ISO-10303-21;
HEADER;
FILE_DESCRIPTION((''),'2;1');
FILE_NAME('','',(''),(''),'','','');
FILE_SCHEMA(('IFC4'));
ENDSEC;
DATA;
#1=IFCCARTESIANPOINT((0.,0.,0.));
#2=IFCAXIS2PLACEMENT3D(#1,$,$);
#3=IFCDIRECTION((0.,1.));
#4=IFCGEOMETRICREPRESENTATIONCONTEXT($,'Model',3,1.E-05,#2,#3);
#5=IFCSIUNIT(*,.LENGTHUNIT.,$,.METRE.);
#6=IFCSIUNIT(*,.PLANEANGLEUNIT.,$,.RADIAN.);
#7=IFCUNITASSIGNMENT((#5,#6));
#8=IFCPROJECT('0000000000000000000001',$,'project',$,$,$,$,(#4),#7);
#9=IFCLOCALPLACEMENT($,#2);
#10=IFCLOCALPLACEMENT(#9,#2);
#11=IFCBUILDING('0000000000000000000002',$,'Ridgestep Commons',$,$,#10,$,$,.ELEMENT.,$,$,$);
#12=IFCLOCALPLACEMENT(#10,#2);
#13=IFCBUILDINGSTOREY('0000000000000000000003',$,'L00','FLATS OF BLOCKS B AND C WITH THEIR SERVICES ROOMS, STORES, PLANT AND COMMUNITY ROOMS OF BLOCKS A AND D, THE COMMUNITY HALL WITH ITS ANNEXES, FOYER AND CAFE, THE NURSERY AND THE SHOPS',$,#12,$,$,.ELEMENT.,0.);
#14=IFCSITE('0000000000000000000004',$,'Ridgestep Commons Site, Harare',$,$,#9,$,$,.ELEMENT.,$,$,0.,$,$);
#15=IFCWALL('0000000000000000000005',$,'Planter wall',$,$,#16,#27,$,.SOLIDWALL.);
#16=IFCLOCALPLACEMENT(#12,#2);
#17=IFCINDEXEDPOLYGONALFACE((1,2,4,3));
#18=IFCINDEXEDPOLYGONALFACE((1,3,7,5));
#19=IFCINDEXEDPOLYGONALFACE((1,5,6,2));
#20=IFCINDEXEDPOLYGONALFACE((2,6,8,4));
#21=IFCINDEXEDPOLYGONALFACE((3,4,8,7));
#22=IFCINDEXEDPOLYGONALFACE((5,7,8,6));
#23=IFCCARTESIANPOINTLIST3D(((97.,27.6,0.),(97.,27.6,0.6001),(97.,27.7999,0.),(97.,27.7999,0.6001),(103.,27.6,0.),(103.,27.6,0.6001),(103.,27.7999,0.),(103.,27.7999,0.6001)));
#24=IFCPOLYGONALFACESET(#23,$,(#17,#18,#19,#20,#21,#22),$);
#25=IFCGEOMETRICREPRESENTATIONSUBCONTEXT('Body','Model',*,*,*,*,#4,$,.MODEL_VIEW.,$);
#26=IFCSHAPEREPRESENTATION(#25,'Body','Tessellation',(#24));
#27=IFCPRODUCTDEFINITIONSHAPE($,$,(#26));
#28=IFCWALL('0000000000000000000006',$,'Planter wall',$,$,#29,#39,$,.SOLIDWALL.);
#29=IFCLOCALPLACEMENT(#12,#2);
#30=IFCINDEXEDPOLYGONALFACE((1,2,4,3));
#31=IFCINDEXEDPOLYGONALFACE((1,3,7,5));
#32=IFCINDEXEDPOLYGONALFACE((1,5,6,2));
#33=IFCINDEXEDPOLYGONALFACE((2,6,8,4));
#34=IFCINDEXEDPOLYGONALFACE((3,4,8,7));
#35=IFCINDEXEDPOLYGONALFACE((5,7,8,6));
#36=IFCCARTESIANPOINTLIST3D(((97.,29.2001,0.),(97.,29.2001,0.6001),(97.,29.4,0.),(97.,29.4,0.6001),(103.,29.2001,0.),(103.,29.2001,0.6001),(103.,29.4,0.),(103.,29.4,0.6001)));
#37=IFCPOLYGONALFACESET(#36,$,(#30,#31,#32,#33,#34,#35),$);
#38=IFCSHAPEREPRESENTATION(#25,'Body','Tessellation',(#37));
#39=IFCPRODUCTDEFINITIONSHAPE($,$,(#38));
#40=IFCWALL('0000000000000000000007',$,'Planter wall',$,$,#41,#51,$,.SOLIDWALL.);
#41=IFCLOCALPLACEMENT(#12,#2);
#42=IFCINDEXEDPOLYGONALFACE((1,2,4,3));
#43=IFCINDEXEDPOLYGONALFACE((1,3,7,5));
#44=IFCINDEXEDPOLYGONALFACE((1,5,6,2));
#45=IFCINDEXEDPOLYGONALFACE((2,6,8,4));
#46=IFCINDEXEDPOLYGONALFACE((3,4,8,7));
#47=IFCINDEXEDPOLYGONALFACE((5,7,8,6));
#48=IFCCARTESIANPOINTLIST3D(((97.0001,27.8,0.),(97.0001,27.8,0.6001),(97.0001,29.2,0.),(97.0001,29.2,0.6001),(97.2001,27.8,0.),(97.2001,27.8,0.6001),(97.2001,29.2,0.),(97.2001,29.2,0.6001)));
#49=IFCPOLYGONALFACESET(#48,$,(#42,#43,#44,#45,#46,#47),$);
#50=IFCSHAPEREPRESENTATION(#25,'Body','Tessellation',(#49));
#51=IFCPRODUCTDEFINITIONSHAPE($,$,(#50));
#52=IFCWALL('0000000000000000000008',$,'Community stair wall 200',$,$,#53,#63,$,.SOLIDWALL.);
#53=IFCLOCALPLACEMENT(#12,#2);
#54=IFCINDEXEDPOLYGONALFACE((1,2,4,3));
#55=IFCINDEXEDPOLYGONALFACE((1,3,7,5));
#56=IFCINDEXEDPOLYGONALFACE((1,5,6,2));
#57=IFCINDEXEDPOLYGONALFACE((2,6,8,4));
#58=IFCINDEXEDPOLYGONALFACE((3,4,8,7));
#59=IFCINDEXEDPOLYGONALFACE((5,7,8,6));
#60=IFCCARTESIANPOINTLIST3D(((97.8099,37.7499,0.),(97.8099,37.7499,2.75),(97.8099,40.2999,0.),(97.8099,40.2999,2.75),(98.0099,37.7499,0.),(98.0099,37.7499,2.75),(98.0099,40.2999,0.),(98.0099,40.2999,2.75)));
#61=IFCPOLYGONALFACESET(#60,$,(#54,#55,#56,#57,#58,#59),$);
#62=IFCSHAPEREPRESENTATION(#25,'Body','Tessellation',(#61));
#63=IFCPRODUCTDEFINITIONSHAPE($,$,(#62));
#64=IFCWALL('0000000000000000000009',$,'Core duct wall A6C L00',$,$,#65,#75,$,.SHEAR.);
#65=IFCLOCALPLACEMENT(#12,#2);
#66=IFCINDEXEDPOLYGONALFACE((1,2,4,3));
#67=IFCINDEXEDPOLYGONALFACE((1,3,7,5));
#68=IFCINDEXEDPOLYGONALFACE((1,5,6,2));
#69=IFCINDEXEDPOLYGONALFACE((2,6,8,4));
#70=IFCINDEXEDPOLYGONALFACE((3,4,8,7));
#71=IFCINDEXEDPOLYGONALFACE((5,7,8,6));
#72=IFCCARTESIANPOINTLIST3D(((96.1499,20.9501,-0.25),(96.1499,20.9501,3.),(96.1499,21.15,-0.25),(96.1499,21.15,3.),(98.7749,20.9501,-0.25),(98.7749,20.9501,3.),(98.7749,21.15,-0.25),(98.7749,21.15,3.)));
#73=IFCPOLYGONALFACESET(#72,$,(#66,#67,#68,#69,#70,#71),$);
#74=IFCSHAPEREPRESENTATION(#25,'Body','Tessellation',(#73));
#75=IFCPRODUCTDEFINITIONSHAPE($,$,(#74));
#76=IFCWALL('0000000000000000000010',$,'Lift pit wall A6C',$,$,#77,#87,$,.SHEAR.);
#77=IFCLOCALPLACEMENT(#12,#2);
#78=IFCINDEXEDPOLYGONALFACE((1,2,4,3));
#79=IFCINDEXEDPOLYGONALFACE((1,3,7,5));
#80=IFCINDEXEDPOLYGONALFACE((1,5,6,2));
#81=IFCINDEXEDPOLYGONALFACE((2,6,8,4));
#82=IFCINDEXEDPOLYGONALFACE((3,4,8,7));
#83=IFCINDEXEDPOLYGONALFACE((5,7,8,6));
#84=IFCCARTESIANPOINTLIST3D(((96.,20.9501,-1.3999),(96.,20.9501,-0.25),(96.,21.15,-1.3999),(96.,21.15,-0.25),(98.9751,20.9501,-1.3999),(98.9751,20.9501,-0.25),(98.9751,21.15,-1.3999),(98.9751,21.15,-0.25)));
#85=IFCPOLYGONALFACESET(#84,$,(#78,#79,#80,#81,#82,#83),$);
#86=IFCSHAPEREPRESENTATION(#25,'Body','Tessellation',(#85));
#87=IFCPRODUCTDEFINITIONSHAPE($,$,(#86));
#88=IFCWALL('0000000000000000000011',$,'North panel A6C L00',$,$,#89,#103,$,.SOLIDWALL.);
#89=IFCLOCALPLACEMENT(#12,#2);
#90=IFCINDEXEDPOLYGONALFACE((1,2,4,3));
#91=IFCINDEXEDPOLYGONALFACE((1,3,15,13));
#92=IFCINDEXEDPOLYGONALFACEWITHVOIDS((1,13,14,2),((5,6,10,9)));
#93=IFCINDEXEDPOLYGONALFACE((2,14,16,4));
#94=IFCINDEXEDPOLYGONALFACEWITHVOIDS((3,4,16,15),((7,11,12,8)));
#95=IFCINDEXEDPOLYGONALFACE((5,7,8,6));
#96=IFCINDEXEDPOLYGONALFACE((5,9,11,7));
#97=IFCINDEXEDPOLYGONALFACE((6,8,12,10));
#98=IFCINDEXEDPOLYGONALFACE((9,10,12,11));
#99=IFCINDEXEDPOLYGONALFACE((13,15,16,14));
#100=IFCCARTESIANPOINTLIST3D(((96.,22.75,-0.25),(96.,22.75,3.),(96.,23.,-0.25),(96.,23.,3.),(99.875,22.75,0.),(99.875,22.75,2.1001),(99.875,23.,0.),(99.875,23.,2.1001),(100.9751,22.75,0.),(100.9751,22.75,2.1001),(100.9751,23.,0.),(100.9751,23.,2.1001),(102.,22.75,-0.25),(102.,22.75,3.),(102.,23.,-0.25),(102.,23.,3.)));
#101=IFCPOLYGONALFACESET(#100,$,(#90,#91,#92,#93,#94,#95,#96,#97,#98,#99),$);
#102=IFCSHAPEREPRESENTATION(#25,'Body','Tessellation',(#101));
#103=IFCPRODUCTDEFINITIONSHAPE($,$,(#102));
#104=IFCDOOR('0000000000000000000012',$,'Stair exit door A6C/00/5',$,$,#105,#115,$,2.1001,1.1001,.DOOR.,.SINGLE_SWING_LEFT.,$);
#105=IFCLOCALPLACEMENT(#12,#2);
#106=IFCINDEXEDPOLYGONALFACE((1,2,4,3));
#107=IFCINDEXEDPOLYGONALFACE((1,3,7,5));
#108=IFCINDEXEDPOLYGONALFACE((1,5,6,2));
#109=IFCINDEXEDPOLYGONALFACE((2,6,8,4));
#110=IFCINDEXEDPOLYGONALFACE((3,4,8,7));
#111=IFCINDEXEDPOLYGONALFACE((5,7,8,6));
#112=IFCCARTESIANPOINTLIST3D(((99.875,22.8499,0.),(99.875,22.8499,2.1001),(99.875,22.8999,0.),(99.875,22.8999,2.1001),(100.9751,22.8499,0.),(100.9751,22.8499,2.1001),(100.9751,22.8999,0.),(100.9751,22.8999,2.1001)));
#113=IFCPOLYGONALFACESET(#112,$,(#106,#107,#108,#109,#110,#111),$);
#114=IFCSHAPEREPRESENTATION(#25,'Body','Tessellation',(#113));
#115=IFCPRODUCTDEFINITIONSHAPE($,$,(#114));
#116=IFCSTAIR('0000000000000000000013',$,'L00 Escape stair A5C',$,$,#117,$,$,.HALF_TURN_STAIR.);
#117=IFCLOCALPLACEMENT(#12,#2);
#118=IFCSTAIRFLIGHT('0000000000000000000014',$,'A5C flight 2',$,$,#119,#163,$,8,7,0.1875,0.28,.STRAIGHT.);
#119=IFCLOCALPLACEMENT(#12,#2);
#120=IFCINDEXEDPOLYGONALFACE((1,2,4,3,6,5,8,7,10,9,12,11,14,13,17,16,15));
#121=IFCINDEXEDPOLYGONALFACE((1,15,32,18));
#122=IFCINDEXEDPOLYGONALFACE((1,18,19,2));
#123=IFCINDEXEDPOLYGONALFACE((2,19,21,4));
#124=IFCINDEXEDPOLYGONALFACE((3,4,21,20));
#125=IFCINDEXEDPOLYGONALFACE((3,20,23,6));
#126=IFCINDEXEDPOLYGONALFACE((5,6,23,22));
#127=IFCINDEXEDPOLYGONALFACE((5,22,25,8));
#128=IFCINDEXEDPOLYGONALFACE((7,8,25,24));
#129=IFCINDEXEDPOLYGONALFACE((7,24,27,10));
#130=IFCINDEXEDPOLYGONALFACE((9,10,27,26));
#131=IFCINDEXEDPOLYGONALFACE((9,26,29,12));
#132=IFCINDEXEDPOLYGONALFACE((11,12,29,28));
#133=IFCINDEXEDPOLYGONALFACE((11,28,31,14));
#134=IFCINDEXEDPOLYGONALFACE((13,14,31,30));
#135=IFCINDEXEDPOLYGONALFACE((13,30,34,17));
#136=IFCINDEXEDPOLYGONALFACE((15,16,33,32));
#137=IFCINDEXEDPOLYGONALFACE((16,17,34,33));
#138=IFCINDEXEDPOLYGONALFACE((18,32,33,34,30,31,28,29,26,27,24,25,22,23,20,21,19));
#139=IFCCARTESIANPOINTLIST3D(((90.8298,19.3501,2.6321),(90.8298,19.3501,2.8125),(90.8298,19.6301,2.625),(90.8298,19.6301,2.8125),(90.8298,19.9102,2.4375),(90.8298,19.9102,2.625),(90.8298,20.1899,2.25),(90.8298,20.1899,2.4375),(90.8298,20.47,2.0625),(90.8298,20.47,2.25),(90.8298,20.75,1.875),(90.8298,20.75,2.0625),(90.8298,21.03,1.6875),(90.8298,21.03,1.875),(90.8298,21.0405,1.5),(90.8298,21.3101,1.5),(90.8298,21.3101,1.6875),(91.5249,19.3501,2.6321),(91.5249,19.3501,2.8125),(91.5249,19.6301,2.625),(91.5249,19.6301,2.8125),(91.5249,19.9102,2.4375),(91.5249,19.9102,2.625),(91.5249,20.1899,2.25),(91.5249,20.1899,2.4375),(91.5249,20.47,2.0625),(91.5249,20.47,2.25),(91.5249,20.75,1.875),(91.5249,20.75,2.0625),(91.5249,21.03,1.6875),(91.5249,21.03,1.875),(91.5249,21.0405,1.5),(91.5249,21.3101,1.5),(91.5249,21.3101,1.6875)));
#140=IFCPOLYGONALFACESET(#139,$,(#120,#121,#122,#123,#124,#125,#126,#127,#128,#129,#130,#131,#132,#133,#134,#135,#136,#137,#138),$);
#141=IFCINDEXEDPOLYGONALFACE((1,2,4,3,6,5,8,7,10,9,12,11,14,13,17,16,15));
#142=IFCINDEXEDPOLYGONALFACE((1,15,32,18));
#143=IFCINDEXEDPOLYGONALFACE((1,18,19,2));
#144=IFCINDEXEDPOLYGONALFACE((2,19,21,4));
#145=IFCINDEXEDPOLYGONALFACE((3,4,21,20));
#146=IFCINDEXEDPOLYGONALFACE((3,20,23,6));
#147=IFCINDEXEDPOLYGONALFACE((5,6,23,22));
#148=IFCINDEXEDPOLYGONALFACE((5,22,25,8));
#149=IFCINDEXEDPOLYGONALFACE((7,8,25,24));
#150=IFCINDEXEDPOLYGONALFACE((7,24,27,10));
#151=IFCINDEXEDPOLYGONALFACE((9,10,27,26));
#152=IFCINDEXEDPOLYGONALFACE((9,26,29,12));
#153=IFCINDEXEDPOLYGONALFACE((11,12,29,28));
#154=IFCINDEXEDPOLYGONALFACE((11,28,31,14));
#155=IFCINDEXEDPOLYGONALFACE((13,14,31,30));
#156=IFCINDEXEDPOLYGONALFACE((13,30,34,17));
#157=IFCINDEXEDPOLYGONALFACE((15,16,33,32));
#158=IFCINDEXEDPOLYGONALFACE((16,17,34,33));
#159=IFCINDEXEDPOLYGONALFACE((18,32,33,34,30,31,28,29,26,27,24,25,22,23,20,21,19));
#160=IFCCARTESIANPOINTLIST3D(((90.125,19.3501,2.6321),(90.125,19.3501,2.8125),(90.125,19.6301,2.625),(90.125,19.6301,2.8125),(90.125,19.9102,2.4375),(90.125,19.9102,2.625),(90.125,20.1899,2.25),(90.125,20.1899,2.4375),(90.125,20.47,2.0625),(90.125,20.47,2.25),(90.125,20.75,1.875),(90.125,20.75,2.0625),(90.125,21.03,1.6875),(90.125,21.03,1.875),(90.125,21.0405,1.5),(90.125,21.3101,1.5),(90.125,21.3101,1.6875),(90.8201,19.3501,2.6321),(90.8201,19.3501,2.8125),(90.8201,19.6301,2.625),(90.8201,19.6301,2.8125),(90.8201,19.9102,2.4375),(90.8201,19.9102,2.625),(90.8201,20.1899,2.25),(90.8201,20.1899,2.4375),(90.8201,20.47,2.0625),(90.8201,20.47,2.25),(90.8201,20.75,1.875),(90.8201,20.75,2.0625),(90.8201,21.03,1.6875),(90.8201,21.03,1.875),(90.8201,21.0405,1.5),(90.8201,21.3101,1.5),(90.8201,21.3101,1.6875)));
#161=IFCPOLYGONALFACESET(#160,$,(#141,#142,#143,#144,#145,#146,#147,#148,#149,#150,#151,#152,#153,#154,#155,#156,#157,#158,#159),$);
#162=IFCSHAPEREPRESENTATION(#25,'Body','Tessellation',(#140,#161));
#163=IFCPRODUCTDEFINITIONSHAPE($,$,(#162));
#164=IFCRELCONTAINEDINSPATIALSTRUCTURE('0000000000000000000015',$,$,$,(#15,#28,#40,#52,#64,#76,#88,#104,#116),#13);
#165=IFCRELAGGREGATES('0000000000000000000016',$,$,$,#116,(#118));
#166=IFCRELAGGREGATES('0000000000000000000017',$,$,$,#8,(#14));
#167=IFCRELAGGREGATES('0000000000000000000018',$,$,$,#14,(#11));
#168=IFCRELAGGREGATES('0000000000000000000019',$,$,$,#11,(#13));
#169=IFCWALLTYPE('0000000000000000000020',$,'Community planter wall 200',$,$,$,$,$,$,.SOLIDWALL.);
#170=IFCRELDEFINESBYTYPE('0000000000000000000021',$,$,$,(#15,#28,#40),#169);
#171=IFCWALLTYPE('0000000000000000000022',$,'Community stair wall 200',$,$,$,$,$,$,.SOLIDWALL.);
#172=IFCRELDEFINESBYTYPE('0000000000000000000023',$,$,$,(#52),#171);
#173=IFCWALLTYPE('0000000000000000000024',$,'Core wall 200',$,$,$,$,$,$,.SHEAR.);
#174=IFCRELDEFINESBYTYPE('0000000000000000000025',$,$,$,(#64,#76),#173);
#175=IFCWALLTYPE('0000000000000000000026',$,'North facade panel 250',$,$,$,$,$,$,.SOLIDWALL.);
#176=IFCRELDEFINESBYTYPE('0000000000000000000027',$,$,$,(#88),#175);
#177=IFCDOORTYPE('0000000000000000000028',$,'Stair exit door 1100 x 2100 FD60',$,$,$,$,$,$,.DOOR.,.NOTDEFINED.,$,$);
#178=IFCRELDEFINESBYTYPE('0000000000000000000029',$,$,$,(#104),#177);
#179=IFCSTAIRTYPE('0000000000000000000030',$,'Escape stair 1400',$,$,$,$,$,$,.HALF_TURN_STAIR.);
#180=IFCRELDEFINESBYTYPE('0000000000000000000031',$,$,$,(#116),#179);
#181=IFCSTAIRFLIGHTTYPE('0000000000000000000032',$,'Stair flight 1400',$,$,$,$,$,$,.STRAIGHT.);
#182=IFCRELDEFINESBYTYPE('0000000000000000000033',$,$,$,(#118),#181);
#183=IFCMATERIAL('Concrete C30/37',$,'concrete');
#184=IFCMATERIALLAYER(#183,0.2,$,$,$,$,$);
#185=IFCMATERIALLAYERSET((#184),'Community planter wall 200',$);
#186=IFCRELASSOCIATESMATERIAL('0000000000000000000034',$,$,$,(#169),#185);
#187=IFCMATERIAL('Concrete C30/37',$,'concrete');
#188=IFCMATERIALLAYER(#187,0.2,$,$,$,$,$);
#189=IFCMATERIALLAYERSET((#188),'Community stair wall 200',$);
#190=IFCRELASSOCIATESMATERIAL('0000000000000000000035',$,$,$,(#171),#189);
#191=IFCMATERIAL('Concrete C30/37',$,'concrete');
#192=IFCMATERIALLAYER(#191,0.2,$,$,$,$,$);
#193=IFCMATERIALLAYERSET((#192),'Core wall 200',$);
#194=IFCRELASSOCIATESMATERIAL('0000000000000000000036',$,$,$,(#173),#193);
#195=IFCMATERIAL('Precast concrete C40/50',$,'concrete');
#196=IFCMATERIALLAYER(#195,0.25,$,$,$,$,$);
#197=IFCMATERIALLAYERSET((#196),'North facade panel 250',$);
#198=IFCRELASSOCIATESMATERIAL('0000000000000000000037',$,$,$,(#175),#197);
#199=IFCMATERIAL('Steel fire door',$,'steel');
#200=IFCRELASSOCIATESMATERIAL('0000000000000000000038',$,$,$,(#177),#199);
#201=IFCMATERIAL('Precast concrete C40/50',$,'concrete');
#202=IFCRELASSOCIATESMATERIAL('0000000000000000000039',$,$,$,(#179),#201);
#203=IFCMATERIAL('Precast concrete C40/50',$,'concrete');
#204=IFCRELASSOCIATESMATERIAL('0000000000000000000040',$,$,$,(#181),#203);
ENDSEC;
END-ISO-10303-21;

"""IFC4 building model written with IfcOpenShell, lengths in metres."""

from ifc_helpers import new_model, si_unit, direction, frame, frame_2d, origin, place, context, subcontext, project, spatial, polyline, rectangle, outline, extrude, material, layer, layer_set, type_object, element, fill, aggregate, save


model = new_model("IFC4")

# Units and contexts
model_context = context("Model", 3, precision=1e-05, world=origin(), true_north=direction((0.0, 1.0)))
body_context = subcontext(model_context, "Body", "Model", "MODEL_VIEW")
ifc_project = project(units=[si_unit("LENGTHUNIT", "METRE"), si_unit("PLANEANGLEUNIT", "RADIAN")], contexts=[model_context])

# Site, building, storey
site_placement = place(None, origin())
site = spatial("IfcSite", under=ifc_project, at=site_placement, Name="Ridgestep Commons Site, Harare", CompositionType="ELEMENT", RefElevation=0.0)
building_placement = place(site_placement, origin())
building = spatial("IfcBuilding", under=site, at=building_placement, Name="Ridgestep Commons", CompositionType="ELEMENT")
storey_placement = place(building_placement, origin())
storey = spatial("IfcBuildingStorey", under=building, at=storey_placement, Name="L00", Description="FLATS OF BLOCKS B AND C WITH THEIR SERVICES ROOMS, STORES, PLANT AND COMMUNITY ROOMS OF BLOCKS A AND D, THE COMMUNITY HALL WITH ITS ANNEXES, FOYER AND CAFE, THE NURSERY AND THE SHOPS", CompositionType="ELEMENT", Elevation=0.0)

# Walls
ifc_material_1 = material(Name="Concrete C30/37", Category="concrete")
ifc_layer_1 = layer(ifc_material_1, 0.2)
ifc_layer_set_1 = layer_set([ifc_layer_1], Name="Community planter wall 200")
wall_type_1 = type_object("IfcWallType", Name="Community planter wall 200", PredefinedType="SOLIDWALL", material=ifc_layer_set_1)
for number, where, z_axis, x_axis, name in (
    (1, (97.0, 27.7, 0.0), (0.0, 0.0, 1.0), (1.0, 0.0, 0.0), "Planter wall"),
    (2, (97.0, 29.3, 0.0), (0.0, 0.0, 1.0), (1.0, 0.0, 0.0), "Planter wall"),
):
    element("IfcWall", number, at=place(storey_placement, frame(where, z_axis=z_axis, x_axis=x_axis)), inside=storey, type_object=wall_type_1, Name=name, PredefinedType="SOLIDWALL", context=body_context, shape_type="SweptSolid", body=[
        extrude(rectangle(XDim=6.0, YDim=0.2, at=frame_2d((3.0, 0.0))), origin(), (0.0, 0.0, 1.0), 0.6001),
    ])
wall_1_placement = place(storey_placement, frame((97.1001, 27.8, 0.0), z_axis=(0.0, 0.0, 1.0), x_axis=(0.0, 1.0, 0.0)))
element("IfcWall", 3, at=wall_1_placement, inside=storey, type_object=wall_type_1, Name="Planter wall", PredefinedType="SOLIDWALL", context=body_context, shape_type="SweptSolid", body=[
    extrude(rectangle(XDim=1.3999, YDim=0.2, at=frame_2d((0.7, 0.0))), origin(), (0.0, 0.0, 1.0), 0.6001),
])
ifc_material_2 = material(Name="Concrete C30/37", Category="concrete")
ifc_layer_2 = layer(ifc_material_2, 0.2)
ifc_layer_set_2 = layer_set([ifc_layer_2], Name="Community stair wall 200")
wall_type_2 = type_object("IfcWallType", Name="Community stair wall 200", PredefinedType="SOLIDWALL", material=ifc_layer_set_2)
wall_2_placement = place(storey_placement, frame((97.9099, 37.75, 0.0), z_axis=(0.0, 0.0, 1.0), x_axis=(0.0, 1.0, 0.0)))
element("IfcWall", 4, at=wall_2_placement, inside=storey, type_object=wall_type_2, Name="Community stair wall 200", PredefinedType="SOLIDWALL", context=body_context, shape_type="SweptSolid", body=[
    extrude(rectangle(XDim=2.55, YDim=0.2, at=frame_2d((1.2749, 0.0))), origin(), (0.0, 0.0, 1.0), 2.75),
])
ifc_material_3 = material(Name="Concrete C30/37", Category="concrete")
ifc_layer_3 = layer(ifc_material_3, 0.2)
ifc_layer_set_3 = layer_set([ifc_layer_3], Name="Core wall 200")
wall_type_3 = type_object("IfcWallType", Name="Core wall 200", PredefinedType="SHEAR", material=ifc_layer_set_3)
wall_3_placement = place(storey_placement, frame((96.1499, 21.05, -0.25), z_axis=(0.0, 0.0, 1.0), x_axis=(1.0, 0.0, 0.0)))
element("IfcWall", 5, at=wall_3_placement, inside=storey, type_object=wall_type_3, Name="Core duct wall A6C L00", PredefinedType="SHEAR", context=body_context, shape_type="SweptSolid", body=[
    extrude(rectangle(XDim=2.625, YDim=0.2, at=frame_2d((1.3125, 0.0))), origin(), (0.0, 0.0, 1.0), 3.25),
])
wall_4_placement = place(storey_placement, frame((96.0, 21.05, -1.3999), z_axis=(0.0, 0.0, 1.0), x_axis=(1.0, 0.0, 0.0)))
element("IfcWall", 6, at=wall_4_placement, inside=storey, type_object=wall_type_3, Name="Lift pit wall A6C", PredefinedType="SHEAR", context=body_context, shape_type="SweptSolid", body=[
    extrude(rectangle(XDim=2.9751, YDim=0.2, at=frame_2d((1.4875, 0.0))), origin(), (0.0, 0.0, 1.0), 1.1499),
])

# Wall, opening, door
ifc_material_4 = material(Name="Precast concrete C40/50", Category="concrete")
ifc_layer_4 = layer(ifc_material_4, 0.25)
ifc_layer_set_4 = layer_set([ifc_layer_4], Name="North facade panel 250")
wall_type_4 = type_object("IfcWallType", Name="North facade panel 250", PredefinedType="SOLIDWALL", material=ifc_layer_set_4)
wall_5_placement = place(storey_placement, frame((96.0, 22.875, -0.25), z_axis=(0.0, 0.0, 1.0), x_axis=(1.0, 0.0, 0.0)))
wall_5 = element("IfcWall", 7, at=wall_5_placement, inside=storey, type_object=wall_type_4, Name="North panel A6C L00", PredefinedType="SOLIDWALL", context=body_context, shape_type="SweptSolid", body=[
    extrude(rectangle(XDim=6.0, YDim=0.25, at=frame_2d((3.0, 0.0))), origin(), (0.0, 0.0, 1.0), 3.25),
])
opening_1_placement = place(wall_5_placement, frame((3.875, 0.0, 0.25)))
opening_1 = element("IfcOpeningElement", 8, at=opening_1_placement, cuts=wall_5, PredefinedType="OPENING", context=body_context, shape_type="SweptSolid", body=[
    extrude(rectangle(XDim=1.1001, YDim=2.1001, at=frame_2d((0.55, 1.05))), frame((0.0, 0.135, 0.0), z_axis=(0.0, -1.0, 0.0), x_axis=(1.0, 0.0, 0.0)), (0.0, 0.0, 1.0), 0.27),
])
ifc_material_5 = material(Name="Steel fire door", Category="steel")
door_type = type_object("IfcDoorType", Name="Stair exit door 1100 x 2100 FD60", OperationType="NOTDEFINED", PredefinedType="DOOR", material=ifc_material_5)
door_placement = place(opening_1_placement, origin())
door = element("IfcDoor", 9, at=door_placement, inside=storey, type_object=door_type, Name="Stair exit door A6C/00/5", OperationType="SINGLE_SWING_LEFT", OverallHeight=2.1001, OverallWidth=1.1001, PredefinedType="DOOR", context=body_context, shape_type="SweptSolid", body=[
    extrude(rectangle(XDim=1.1001, YDim=2.1001, at=frame_2d((0.55, 1.05))), frame((0.0, 0.0249, 0.0), z_axis=(0.0, -1.0, 0.0), x_axis=(1.0, 0.0, 0.0)), (0.0, 0.0, 1.0), 0.05),
])
fill(opening_1, door)

# Stair, stair flight
ifc_material_6 = material(Name="Precast concrete C40/50", Category="concrete")
stair_type = type_object("IfcStairType", Name="Escape stair 1400", PredefinedType="HALF_TURN_STAIR", material=ifc_material_6)
stair_1_placement = place(storey_placement, origin())
stair_1 = element("IfcStair", 10, at=stair_1_placement, inside=storey, type_object=stair_type, Name="L00 Escape stair A5C", PredefinedType="HALF_TURN_STAIR")
ifc_material_7 = material(Name="Precast concrete C40/50", Category="concrete")
stair_flight_type = type_object("IfcStairFlightType", Name="Stair flight 1400", PredefinedType="STRAIGHT", material=ifc_material_7)
stair_flight_1_placement = place(storey_placement, frame((90.825, 21.3101, 1.5), z_axis=(0.0, 0.0, 1.0), x_axis=(0.0, -1.0, 0.0)))
stair_flight_1 = element("IfcStairFlight", 11, at=stair_flight_1_placement, type_object=stair_flight_type, Name="A5C flight 2", NumberOfRisers=8, NumberOfTreads=7, PredefinedType="STRAIGHT", RiserHeight=0.1875, TreadLength=0.28, context=body_context, shape_type="SweptSolid", body=[
    extrude(outline(polyline([(0.0, 0.0), (0.0, 0.1875), (0.28, 0.1875), (0.28, 0.375), (0.5601, 0.375), (0.5601, 0.5625), (0.8401, 0.5625), (0.8401, 0.75), (1.1201, 0.75), (1.1201, 0.9375), (1.3999, 0.9375), (1.3999, 1.125), (1.6799, 1.125), (1.6799, 1.3125), (1.96, 1.3125), (1.96, 1.5), (1.96, 1.1321), (0.2695, 0.0), (0.0, 0.0)])), frame((0.0, 0.7, 0.0), z_axis=(0.0, -1.0, 0.0), x_axis=(1.0, 0.0, 0.0)), (0.0, 0.0, 1.0), 0.6951),
    extrude(outline(polyline([(0.0, 0.0), (0.0, 0.1875), (0.28, 0.1875), (0.28, 0.375), (0.5601, 0.375), (0.5601, 0.5625), (0.8401, 0.5625), (0.8401, 0.75), (1.1201, 0.75), (1.1201, 0.9375), (1.3999, 0.9375), (1.3999, 1.125), (1.6799, 1.125), (1.6799, 1.3125), (1.96, 1.3125), (1.96, 1.5), (1.96, 1.1321), (0.2695, 0.0), (0.0, 0.0)])), frame((0.0, -0.0049, 0.0), z_axis=(0.0, -1.0, 0.0), x_axis=(1.0, 0.0, 0.0)), (0.0, 0.0, 1.0), 0.6951),
])
aggregate(stair_1, [stair_flight_1])

save(model, "model.ifc")
